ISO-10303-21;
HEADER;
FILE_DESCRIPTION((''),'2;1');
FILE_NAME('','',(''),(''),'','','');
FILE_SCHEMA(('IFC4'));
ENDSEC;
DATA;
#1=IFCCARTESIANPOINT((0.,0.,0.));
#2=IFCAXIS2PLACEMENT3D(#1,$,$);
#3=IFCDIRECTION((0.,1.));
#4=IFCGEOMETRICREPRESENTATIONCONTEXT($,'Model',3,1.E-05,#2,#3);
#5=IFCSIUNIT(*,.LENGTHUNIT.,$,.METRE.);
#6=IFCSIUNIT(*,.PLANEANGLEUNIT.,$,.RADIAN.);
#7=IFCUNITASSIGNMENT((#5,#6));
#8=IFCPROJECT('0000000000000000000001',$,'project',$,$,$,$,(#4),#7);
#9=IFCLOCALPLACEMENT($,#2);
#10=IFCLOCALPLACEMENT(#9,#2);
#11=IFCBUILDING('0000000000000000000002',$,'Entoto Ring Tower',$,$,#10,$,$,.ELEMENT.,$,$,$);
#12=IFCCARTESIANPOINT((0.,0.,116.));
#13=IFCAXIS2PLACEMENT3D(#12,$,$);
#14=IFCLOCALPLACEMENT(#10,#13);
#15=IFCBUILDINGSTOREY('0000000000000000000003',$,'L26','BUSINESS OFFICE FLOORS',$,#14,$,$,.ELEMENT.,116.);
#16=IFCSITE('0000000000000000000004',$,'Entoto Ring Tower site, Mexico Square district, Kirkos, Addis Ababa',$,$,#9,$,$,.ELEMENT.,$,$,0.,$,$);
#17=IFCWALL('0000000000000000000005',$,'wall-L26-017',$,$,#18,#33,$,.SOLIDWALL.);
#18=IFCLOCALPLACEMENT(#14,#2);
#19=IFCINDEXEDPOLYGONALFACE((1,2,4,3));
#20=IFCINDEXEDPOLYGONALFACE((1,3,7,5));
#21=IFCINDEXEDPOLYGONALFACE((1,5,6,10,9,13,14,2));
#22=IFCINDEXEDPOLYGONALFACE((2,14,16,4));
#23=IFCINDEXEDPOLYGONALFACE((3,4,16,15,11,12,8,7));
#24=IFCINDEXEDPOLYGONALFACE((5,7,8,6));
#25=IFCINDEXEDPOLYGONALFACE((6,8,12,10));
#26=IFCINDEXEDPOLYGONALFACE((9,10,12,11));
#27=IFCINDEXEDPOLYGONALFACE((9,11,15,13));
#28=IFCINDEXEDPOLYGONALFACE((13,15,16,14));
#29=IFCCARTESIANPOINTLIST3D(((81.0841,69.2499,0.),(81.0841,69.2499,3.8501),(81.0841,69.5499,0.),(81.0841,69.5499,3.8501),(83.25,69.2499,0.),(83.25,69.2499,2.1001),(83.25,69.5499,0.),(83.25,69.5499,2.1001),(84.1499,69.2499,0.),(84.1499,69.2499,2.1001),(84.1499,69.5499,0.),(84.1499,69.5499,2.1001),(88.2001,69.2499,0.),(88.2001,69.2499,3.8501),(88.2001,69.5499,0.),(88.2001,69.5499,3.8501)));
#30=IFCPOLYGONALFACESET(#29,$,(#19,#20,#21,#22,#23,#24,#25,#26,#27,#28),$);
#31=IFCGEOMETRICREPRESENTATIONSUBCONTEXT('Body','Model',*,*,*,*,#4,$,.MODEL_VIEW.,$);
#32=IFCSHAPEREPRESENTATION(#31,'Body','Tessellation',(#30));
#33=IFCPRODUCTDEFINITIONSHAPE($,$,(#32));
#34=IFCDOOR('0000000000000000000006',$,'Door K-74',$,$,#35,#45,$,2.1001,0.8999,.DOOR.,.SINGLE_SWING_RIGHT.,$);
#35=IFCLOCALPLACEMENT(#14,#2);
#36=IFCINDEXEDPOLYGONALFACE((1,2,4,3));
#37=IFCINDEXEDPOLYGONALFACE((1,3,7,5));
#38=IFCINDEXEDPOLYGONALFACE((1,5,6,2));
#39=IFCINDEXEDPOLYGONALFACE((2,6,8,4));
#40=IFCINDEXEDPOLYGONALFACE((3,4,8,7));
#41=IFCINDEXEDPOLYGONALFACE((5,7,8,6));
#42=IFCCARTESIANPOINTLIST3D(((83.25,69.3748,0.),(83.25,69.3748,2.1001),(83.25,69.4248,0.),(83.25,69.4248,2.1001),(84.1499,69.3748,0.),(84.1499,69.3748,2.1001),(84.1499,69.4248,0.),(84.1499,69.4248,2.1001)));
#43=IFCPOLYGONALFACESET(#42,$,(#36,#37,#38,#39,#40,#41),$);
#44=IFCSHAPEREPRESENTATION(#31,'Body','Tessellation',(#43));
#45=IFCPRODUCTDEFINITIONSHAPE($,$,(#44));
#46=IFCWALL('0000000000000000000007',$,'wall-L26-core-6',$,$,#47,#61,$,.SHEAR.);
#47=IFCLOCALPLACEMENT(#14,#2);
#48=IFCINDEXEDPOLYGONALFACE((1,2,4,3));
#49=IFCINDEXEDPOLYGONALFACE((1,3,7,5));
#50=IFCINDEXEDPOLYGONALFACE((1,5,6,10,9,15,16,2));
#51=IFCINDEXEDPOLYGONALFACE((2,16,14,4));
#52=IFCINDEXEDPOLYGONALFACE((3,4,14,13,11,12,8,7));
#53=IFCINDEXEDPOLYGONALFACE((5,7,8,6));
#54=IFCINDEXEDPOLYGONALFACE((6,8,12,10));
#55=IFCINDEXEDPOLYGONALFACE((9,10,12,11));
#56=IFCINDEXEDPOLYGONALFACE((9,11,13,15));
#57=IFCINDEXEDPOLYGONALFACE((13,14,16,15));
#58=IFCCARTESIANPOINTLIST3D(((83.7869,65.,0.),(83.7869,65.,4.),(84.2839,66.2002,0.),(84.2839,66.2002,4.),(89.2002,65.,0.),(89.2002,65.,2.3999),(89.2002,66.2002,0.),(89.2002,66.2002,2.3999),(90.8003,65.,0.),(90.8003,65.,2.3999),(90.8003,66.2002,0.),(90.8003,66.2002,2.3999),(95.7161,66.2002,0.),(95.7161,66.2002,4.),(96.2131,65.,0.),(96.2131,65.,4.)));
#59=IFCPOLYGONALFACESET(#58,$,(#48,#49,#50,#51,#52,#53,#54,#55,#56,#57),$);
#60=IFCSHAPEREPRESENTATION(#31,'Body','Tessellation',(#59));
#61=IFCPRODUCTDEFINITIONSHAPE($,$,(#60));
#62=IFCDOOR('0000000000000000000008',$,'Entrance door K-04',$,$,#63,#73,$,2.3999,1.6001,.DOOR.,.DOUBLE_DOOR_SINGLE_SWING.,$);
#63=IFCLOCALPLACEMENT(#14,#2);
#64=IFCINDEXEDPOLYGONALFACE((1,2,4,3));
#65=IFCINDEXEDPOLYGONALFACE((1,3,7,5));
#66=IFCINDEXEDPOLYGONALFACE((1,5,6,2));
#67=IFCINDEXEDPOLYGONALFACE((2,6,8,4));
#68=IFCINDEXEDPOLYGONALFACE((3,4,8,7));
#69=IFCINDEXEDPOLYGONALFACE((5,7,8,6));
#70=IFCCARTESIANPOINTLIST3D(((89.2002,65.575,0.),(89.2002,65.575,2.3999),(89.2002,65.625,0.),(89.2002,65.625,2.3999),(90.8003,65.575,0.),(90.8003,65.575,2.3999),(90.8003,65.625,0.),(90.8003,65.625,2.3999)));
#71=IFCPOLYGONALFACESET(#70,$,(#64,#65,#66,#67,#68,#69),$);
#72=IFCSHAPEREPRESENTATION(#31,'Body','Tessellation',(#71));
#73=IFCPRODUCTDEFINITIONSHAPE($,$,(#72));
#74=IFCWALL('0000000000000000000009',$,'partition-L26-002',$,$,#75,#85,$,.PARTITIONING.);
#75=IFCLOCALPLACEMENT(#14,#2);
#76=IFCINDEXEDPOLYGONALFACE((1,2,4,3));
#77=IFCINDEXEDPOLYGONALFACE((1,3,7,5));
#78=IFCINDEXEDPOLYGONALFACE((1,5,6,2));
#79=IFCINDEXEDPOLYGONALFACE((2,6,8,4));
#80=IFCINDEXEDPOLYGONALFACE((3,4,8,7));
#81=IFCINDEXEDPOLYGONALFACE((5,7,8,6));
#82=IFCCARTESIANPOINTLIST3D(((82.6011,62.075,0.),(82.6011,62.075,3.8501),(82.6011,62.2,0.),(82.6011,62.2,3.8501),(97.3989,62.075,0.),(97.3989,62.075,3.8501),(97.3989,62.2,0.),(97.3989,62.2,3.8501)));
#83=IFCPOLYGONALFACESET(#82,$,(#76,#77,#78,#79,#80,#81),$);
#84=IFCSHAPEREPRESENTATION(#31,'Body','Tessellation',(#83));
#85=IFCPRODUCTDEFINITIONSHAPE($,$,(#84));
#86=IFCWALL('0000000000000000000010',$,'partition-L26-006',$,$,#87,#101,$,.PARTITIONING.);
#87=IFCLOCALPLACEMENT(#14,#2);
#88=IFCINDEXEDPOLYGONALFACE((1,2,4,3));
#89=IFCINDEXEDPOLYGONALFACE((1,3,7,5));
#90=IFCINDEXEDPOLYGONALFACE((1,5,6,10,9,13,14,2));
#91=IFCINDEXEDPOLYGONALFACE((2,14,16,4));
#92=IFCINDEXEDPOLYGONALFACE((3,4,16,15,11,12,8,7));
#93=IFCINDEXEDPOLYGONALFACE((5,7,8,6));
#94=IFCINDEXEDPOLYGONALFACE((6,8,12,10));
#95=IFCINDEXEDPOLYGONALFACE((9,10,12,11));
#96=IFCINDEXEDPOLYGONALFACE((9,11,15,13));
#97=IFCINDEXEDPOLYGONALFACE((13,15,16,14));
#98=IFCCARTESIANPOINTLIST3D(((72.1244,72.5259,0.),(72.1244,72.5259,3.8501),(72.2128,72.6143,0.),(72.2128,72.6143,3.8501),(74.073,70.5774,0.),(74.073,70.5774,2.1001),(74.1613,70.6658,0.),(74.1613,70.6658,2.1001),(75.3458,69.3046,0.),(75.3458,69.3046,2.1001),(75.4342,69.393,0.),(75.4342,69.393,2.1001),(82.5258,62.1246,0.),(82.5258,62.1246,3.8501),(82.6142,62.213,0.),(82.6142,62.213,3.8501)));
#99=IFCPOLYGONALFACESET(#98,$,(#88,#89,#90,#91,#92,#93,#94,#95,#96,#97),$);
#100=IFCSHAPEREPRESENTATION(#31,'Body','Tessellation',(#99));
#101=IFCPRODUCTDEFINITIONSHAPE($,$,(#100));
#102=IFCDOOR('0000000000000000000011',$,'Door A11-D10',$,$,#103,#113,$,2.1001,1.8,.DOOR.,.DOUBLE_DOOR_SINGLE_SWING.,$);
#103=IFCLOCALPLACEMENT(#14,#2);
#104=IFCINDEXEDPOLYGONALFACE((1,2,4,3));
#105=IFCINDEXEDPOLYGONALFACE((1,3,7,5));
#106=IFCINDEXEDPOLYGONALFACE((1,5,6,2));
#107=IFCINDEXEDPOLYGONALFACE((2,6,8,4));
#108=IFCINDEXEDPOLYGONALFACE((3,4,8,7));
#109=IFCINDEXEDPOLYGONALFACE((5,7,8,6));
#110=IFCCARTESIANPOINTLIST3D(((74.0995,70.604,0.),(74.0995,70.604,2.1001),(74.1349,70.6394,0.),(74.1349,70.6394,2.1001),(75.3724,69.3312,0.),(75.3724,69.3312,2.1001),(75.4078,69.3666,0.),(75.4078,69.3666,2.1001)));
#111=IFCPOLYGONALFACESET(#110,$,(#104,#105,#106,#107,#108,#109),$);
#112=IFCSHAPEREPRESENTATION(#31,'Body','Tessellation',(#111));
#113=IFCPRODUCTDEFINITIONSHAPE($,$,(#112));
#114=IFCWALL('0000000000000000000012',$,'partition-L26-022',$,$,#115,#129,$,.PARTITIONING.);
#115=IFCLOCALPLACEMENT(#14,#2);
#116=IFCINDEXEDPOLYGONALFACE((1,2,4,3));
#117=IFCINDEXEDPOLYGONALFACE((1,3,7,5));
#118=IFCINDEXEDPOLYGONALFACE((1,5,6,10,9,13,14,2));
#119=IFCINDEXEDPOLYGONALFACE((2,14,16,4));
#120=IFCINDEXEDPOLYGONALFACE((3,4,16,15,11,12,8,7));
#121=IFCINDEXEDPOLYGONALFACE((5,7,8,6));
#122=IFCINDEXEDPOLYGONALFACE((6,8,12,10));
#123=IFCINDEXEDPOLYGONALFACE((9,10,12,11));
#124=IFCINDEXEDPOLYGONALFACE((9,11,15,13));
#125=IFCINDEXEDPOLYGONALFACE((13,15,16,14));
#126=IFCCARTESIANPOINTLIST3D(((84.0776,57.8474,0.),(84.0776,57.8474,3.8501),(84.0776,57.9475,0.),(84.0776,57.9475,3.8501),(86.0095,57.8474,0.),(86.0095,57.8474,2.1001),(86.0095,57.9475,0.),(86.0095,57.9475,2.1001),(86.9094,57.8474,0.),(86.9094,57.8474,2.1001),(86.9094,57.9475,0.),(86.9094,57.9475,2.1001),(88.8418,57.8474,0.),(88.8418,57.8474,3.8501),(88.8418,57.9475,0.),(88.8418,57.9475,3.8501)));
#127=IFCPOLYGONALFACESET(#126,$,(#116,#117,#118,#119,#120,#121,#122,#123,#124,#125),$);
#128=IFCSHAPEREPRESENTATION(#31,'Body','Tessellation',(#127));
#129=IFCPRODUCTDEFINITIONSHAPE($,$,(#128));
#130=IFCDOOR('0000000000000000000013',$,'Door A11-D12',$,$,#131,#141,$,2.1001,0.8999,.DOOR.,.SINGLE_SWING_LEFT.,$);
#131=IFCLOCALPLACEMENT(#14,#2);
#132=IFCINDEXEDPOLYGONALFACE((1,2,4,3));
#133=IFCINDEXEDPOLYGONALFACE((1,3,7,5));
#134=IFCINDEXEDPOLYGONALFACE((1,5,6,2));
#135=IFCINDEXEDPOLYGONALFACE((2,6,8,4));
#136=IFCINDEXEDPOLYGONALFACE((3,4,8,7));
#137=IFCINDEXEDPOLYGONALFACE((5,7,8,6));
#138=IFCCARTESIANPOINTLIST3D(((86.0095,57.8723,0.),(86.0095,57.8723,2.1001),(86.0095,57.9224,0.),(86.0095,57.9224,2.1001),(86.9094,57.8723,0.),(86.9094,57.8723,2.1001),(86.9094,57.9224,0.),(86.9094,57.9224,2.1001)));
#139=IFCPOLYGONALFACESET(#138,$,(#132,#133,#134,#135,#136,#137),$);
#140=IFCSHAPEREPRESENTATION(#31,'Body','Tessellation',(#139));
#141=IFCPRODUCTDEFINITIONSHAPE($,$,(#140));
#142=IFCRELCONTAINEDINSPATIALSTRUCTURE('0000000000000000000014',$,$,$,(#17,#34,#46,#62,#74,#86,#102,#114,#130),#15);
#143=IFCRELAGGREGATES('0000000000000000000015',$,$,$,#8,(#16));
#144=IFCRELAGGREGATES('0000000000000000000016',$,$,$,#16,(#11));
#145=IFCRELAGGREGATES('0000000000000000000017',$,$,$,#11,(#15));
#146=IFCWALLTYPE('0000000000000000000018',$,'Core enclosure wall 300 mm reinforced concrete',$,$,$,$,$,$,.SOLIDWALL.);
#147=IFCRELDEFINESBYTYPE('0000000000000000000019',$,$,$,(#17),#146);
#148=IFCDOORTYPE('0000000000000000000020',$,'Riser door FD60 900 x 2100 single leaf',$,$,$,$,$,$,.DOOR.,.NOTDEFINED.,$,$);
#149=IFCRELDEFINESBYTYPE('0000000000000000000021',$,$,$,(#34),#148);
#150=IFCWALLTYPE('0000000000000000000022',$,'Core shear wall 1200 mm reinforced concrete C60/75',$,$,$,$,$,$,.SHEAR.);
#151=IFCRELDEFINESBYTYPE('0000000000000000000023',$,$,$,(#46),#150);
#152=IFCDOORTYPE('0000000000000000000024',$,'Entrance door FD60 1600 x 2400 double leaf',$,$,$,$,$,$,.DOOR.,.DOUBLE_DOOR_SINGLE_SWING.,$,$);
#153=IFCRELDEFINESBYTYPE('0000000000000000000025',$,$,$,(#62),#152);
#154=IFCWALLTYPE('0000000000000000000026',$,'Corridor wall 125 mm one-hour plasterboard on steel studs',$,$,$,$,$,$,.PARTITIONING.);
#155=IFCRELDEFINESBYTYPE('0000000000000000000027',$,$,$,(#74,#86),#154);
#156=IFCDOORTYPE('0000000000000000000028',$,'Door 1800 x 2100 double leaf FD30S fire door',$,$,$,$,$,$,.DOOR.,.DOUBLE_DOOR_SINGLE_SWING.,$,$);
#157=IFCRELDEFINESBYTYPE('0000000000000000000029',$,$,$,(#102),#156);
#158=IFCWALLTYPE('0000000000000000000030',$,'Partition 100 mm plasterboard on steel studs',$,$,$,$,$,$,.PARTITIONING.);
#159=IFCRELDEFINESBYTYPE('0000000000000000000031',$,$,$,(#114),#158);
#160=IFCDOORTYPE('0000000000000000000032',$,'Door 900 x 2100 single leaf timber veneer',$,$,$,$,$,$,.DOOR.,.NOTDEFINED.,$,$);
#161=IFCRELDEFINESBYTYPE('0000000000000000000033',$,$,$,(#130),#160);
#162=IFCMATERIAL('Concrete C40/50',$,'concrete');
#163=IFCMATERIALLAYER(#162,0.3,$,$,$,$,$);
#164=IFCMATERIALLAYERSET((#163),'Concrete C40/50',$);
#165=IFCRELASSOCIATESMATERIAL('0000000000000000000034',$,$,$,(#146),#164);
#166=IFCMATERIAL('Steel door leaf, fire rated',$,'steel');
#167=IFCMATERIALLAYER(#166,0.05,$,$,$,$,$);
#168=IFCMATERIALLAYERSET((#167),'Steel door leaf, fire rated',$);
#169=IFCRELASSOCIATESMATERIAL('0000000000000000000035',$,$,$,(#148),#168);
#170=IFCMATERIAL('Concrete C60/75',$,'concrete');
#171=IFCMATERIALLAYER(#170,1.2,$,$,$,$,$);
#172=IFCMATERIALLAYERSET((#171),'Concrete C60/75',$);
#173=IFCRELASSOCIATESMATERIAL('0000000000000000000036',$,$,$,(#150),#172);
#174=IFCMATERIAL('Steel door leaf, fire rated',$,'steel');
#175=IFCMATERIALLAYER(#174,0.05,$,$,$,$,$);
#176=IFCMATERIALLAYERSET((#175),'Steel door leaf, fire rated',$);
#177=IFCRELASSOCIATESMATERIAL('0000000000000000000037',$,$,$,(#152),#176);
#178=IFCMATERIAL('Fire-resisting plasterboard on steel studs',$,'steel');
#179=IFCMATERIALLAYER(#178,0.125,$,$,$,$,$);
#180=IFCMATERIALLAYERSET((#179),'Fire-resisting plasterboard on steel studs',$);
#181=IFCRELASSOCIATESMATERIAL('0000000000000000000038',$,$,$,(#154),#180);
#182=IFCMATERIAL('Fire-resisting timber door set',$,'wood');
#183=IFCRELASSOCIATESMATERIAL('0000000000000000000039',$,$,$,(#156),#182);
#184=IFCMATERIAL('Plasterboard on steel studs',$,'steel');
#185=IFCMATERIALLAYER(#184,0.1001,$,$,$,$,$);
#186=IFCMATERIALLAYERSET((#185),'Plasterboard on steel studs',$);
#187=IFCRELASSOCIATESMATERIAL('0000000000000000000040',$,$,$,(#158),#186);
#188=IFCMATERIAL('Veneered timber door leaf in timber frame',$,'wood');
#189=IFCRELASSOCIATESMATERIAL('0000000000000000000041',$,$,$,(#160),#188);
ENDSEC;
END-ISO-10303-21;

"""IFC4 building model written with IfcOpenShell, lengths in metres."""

from ifc_helpers import new_model, si_unit, direction, frame, frame_2d, origin, place, context, subcontext, project, spatial, polyline, rectangle, outline, extrude, material, layer, layer_set, type_object, element, fill, save


model = new_model("IFC4")

# Units and contexts
model_context = context("Model", 3, precision=1e-05, world=origin(), true_north=direction((0.0, 1.0)))
body_context = subcontext(model_context, "Body", "Model", "MODEL_VIEW")
ifc_project = project(units=[si_unit("LENGTHUNIT", "METRE"), si_unit("PLANEANGLEUNIT", "RADIAN")], contexts=[model_context])

# Site, building, storey
site_placement = place(None, origin())
site = spatial("IfcSite", under=ifc_project, at=site_placement, Name="Entoto Ring Tower site, Mexico Square district, Kirkos, Addis Ababa", CompositionType="ELEMENT", RefElevation=0.0)
building_placement = place(site_placement, origin())
building = spatial("IfcBuilding", under=site, at=building_placement, Name="Entoto Ring Tower", CompositionType="ELEMENT")
storey_placement = place(building_placement, frame((0.0, 0.0, 116.0)))
storey = spatial("IfcBuildingStorey", under=building, at=storey_placement, Name="L26", Description="BUSINESS OFFICE FLOORS", CompositionType="ELEMENT", Elevation=116.0)

# Shared definitions
ifc_material_1 = material(Name="Concrete C40/50", Category="concrete")
ifc_layer_1 = layer(ifc_material_1, 0.3)
ifc_layer_set_1 = layer_set([ifc_layer_1], Name="Concrete C40/50")
wall_type_1 = type_object("IfcWallType", Name="Core enclosure wall 300 mm reinforced concrete", PredefinedType="SOLIDWALL", material=ifc_layer_set_1)

# Walls, openings, doors
wall_1_placement = place(storey_placement, frame((81.084, 69.3999, 0.0), z_axis=(0.0, 0.0, 1.0), x_axis=(1.0, 0.0, 0.0)))
wall_1 = element("IfcWall", 1, at=wall_1_placement, inside=storey, type_object=wall_type_1, Name="wall-L26-017", PredefinedType="SOLIDWALL", context=body_context, shape_type="SweptSolid", body=[
    extrude(rectangle(XDim=7.116, YDim=0.3, at=frame_2d((3.5581, 0.0))), origin(), (0.0, 0.0, 1.0), 3.8501),
])
opening_1_placement = place(wall_1_placement, frame((2.166, 0.0, 0.0)))
opening_1 = element("IfcOpeningElement", 2, at=opening_1_placement, cuts=wall_1, PredefinedType="OPENING", context=body_context, shape_type="SweptSolid", body=[
    extrude(rectangle(XDim=0.8999, YDim=2.1001, at=frame_2d((0.45, 1.05))), frame((0.0, 0.1602, 0.0), z_axis=(0.0, -1.0, 0.0), x_axis=(1.0, 0.0, 0.0)), (0.0, 0.0, 1.0), 0.3201),
])
ifc_material_2 = material(Name="Steel door leaf, fire rated", Category="steel")
ifc_layer_2 = layer(ifc_material_2, 0.05)
ifc_layer_set_2 = layer_set([ifc_layer_2], Name="Steel door leaf, fire rated")
door_type_1 = type_object("IfcDoorType", Name="Riser door FD60 900 x 2100 single leaf", OperationType="NOTDEFINED", PredefinedType="DOOR", material=ifc_layer_set_2)
door_1_placement = place(opening_1_placement, origin())
door_1 = element("IfcDoor", 3, at=door_1_placement, inside=storey, type_object=door_type_1, Name="Door K-74", OperationType="SINGLE_SWING_RIGHT", OverallHeight=2.1001, OverallWidth=0.8999, PredefinedType="DOOR", context=body_context, shape_type="SweptSolid", body=[
    extrude(rectangle(XDim=0.8999, YDim=2.1001, at=frame_2d((0.45, 1.05))), frame((0.0, 0.0249, 0.0), z_axis=(0.0, -1.0, 0.0), x_axis=(1.0, 0.0, 0.0)), (0.0, 0.0, 1.0), 0.05),
])
fill(opening_1, door_1)
ifc_material_3 = material(Name="Concrete C60/75", Category="concrete")
ifc_layer_3 = layer(ifc_material_3, 1.2)
ifc_layer_set_3 = layer_set([ifc_layer_3], Name="Concrete C60/75")
wall_type_2 = type_object("IfcWallType", Name="Core shear wall 1200 mm reinforced concrete C60/75", PredefinedType="SHEAR", material=ifc_layer_set_3)
wall_2_placement = place(storey_placement, frame((84.0354, 65.6001, 0.0), z_axis=(0.0, 0.0, 1.0), x_axis=(1.0, 0.0, 0.0)))
wall_2 = element("IfcWall", 4, at=wall_2_placement, inside=storey, type_object=wall_type_2, Name="wall-L26-core-6", PredefinedType="SHEAR", context=body_context, shape_type="SweptSolid", body=[
    extrude(outline(polyline([(-0.2485, -0.6001), (12.1777, -0.6001), (11.6807, 0.6001), (0.2485, 0.6001), (-0.2485, -0.6001)])), origin(), (0.0, 0.0, 1.0), 4.0),
])
opening_2_placement = place(wall_2_placement, frame((5.1648, 0.0, 0.0)))
opening_2 = element("IfcOpeningElement", 5, at=opening_2_placement, cuts=wall_2, PredefinedType="OPENING", context=body_context, shape_type="SweptSolid", body=[
    extrude(rectangle(XDim=1.6001, YDim=2.3999, at=frame_2d((0.8, 1.2))), frame((0.0, 0.6099, 0.0), z_axis=(0.0, -1.0, 0.0), x_axis=(1.0, 0.0, 0.0)), (0.0, 0.0, 1.0), 1.22),
])
ifc_material_4 = material(Name="Steel door leaf, fire rated", Category="steel")
ifc_layer_4 = layer(ifc_material_4, 0.05)
ifc_layer_set_4 = layer_set([ifc_layer_4], Name="Steel door leaf, fire rated")
door_type_2 = type_object("IfcDoorType", Name="Entrance door FD60 1600 x 2400 double leaf", OperationType="DOUBLE_DOOR_SINGLE_SWING", PredefinedType="DOOR", material=ifc_layer_set_4)
door_2_placement = place(opening_2_placement, origin())
door_2 = element("IfcDoor", 6, at=door_2_placement, inside=storey, type_object=door_type_2, Name="Entrance door K-04", OperationType="DOUBLE_DOOR_SINGLE_SWING", OverallHeight=2.3999, OverallWidth=1.6001, PredefinedType="DOOR", context=body_context, shape_type="SweptSolid", body=[
    extrude(rectangle(XDim=1.6001, YDim=2.3999, at=frame_2d((0.8, 1.2))), frame((0.0, 0.0249, 0.0), z_axis=(0.0, -1.0, 0.0), x_axis=(1.0, 0.0, 0.0)), (0.0, 0.0, 1.0), 0.05),
])
fill(opening_2, door_2)

# Wall
ifc_material_5 = material(Name="Fire-resisting plasterboard on steel studs", Category="steel")
ifc_layer_5 = layer(ifc_material_5, 0.125)
ifc_layer_set_5 = layer_set([ifc_layer_5], Name="Fire-resisting plasterboard on steel studs")
wall_type_3 = type_object("IfcWallType", Name="Corridor wall 125 mm one-hour plasterboard on steel studs", PredefinedType="PARTITIONING", material=ifc_layer_set_5)
wall_3_placement = place(storey_placement, frame((82.6011, 62.1375, 0.0), z_axis=(0.0, 0.0, 1.0), x_axis=(1.0, 0.0, 0.0)))
element("IfcWall", 7, at=wall_3_placement, inside=storey, type_object=wall_type_3, Name="partition-L26-002", PredefinedType="PARTITIONING", context=body_context, shape_type="SweptSolid", body=[
    extrude(rectangle(XDim=14.7979, YDim=0.125, at=frame_2d((7.3989, 0.0))), origin(), (0.0, 0.0, 1.0), 3.8501),
])

# Walls, openings, doors
wall_4_placement = place(storey_placement, frame((82.5701, 62.1687, 0.0), z_axis=(0.0, 0.0, 1.0), x_axis=(-0.707107, 0.707107, 0.0)))
wall_4 = element("IfcWall", 8, at=wall_4_placement, inside=storey, type_object=wall_type_3, Name="partition-L26-006", PredefinedType="PARTITIONING", context=body_context, shape_type="SweptSolid", body=[
    extrude(rectangle(XDim=14.7097, YDim=0.125, at=frame_2d((7.355, 0.0))), origin(), (0.0, 0.0, 1.0), 3.8501),
])
opening_3_placement = place(wall_4_placement, frame((10.1543, 0.0, 0.0)))
opening_3 = element("IfcOpeningElement", 9, at=opening_3_placement, cuts=wall_4, PredefinedType="OPENING", context=body_context, shape_type="SweptSolid", body=[
    extrude(rectangle(XDim=1.8, YDim=2.1001, at=frame_2d((0.8999, 1.05))), frame((0.0, 0.0725, 0.0), z_axis=(0.0, -1.0, 0.0), x_axis=(1.0, 0.0, 0.0)), (0.0, 0.0, 1.0), 0.145),
])
ifc_material_6 = material(Name="Fire-resisting timber door set", Category="wood")
door_type_3 = type_object("IfcDoorType", Name="Door 1800 x 2100 double leaf FD30S fire door", OperationType="DOUBLE_DOOR_SINGLE_SWING", PredefinedType="DOOR", material=ifc_material_6)
door_3_placement = place(opening_3_placement, origin())
door_3 = element("IfcDoor", 10, at=door_3_placement, inside=storey, type_object=door_type_3, Name="Door A11-D10", OperationType="DOUBLE_DOOR_SINGLE_SWING", OverallHeight=2.1001, OverallWidth=1.8, PredefinedType="DOOR", context=body_context, shape_type="SweptSolid", body=[
    extrude(rectangle(XDim=1.8, YDim=2.1001, at=frame_2d((0.8999, 1.05))), frame((0.0, 0.0249, 0.0), z_axis=(0.0, -1.0, 0.0), x_axis=(1.0, 0.0, 0.0)), (0.0, 0.0, 1.0), 0.05),
])
fill(opening_3, door_3)
ifc_material_7 = material(Name="Plasterboard on steel studs", Category="steel")
ifc_layer_6 = layer(ifc_material_7, 0.1001)
ifc_layer_set_6 = layer_set([ifc_layer_6], Name="Plasterboard on steel studs")
wall_type_4 = type_object("IfcWallType", Name="Partition 100 mm plasterboard on steel studs", PredefinedType="PARTITIONING", material=ifc_layer_set_6)
wall_5_placement = place(storey_placement, frame((84.0776, 57.8975, 0.0), z_axis=(0.0, 0.0, 1.0), x_axis=(1.0, 0.0, 0.0)))
wall_5 = element("IfcWall", 11, at=wall_5_placement, inside=storey, type_object=wall_type_4, Name="partition-L26-022", PredefinedType="PARTITIONING", context=body_context, shape_type="SweptSolid", body=[
    extrude(rectangle(XDim=4.7642, YDim=0.1001, at=frame_2d((2.3821, 0.0))), origin(), (0.0, 0.0, 1.0), 3.8501),
])
opening_4_placement = place(wall_5_placement, frame((1.9319, 0.0, 0.0)))
opening_4 = element("IfcOpeningElement", 12, at=opening_4_placement, cuts=wall_5, PredefinedType="OPENING", context=body_context, shape_type="SweptSolid", body=[
    extrude(rectangle(XDim=0.8999, YDim=2.1001, at=frame_2d((0.45, 1.05))), frame((0.0, 0.0601, 0.0), z_axis=(0.0, -1.0, 0.0), x_axis=(1.0, 0.0, 0.0)), (0.0, 0.0, 1.0), 0.1201),
])
ifc_material_8 = material(Name="Veneered timber door leaf in timber frame", Category="wood")
door_type_4 = type_object("IfcDoorType", Name="Door 900 x 2100 single leaf timber veneer", OperationType="NOTDEFINED", PredefinedType="DOOR", material=ifc_material_8)
door_4_placement = place(opening_4_placement, origin())
door_4 = element("IfcDoor", 13, at=door_4_placement, inside=storey, type_object=door_type_4, Name="Door A11-D12", OperationType="SINGLE_SWING_LEFT", OverallHeight=2.1001, OverallWidth=0.8999, PredefinedType="DOOR", context=body_context, shape_type="SweptSolid", body=[
    extrude(rectangle(XDim=0.8999, YDim=2.1001, at=frame_2d((0.45, 1.05))), frame((0.0, 0.0249, 0.0), z_axis=(0.0, -1.0, 0.0), x_axis=(1.0, 0.0, 0.0)), (0.0, 0.0, 1.0), 0.05),
])
fill(opening_4, door_4)

save(model, "model.ifc")
